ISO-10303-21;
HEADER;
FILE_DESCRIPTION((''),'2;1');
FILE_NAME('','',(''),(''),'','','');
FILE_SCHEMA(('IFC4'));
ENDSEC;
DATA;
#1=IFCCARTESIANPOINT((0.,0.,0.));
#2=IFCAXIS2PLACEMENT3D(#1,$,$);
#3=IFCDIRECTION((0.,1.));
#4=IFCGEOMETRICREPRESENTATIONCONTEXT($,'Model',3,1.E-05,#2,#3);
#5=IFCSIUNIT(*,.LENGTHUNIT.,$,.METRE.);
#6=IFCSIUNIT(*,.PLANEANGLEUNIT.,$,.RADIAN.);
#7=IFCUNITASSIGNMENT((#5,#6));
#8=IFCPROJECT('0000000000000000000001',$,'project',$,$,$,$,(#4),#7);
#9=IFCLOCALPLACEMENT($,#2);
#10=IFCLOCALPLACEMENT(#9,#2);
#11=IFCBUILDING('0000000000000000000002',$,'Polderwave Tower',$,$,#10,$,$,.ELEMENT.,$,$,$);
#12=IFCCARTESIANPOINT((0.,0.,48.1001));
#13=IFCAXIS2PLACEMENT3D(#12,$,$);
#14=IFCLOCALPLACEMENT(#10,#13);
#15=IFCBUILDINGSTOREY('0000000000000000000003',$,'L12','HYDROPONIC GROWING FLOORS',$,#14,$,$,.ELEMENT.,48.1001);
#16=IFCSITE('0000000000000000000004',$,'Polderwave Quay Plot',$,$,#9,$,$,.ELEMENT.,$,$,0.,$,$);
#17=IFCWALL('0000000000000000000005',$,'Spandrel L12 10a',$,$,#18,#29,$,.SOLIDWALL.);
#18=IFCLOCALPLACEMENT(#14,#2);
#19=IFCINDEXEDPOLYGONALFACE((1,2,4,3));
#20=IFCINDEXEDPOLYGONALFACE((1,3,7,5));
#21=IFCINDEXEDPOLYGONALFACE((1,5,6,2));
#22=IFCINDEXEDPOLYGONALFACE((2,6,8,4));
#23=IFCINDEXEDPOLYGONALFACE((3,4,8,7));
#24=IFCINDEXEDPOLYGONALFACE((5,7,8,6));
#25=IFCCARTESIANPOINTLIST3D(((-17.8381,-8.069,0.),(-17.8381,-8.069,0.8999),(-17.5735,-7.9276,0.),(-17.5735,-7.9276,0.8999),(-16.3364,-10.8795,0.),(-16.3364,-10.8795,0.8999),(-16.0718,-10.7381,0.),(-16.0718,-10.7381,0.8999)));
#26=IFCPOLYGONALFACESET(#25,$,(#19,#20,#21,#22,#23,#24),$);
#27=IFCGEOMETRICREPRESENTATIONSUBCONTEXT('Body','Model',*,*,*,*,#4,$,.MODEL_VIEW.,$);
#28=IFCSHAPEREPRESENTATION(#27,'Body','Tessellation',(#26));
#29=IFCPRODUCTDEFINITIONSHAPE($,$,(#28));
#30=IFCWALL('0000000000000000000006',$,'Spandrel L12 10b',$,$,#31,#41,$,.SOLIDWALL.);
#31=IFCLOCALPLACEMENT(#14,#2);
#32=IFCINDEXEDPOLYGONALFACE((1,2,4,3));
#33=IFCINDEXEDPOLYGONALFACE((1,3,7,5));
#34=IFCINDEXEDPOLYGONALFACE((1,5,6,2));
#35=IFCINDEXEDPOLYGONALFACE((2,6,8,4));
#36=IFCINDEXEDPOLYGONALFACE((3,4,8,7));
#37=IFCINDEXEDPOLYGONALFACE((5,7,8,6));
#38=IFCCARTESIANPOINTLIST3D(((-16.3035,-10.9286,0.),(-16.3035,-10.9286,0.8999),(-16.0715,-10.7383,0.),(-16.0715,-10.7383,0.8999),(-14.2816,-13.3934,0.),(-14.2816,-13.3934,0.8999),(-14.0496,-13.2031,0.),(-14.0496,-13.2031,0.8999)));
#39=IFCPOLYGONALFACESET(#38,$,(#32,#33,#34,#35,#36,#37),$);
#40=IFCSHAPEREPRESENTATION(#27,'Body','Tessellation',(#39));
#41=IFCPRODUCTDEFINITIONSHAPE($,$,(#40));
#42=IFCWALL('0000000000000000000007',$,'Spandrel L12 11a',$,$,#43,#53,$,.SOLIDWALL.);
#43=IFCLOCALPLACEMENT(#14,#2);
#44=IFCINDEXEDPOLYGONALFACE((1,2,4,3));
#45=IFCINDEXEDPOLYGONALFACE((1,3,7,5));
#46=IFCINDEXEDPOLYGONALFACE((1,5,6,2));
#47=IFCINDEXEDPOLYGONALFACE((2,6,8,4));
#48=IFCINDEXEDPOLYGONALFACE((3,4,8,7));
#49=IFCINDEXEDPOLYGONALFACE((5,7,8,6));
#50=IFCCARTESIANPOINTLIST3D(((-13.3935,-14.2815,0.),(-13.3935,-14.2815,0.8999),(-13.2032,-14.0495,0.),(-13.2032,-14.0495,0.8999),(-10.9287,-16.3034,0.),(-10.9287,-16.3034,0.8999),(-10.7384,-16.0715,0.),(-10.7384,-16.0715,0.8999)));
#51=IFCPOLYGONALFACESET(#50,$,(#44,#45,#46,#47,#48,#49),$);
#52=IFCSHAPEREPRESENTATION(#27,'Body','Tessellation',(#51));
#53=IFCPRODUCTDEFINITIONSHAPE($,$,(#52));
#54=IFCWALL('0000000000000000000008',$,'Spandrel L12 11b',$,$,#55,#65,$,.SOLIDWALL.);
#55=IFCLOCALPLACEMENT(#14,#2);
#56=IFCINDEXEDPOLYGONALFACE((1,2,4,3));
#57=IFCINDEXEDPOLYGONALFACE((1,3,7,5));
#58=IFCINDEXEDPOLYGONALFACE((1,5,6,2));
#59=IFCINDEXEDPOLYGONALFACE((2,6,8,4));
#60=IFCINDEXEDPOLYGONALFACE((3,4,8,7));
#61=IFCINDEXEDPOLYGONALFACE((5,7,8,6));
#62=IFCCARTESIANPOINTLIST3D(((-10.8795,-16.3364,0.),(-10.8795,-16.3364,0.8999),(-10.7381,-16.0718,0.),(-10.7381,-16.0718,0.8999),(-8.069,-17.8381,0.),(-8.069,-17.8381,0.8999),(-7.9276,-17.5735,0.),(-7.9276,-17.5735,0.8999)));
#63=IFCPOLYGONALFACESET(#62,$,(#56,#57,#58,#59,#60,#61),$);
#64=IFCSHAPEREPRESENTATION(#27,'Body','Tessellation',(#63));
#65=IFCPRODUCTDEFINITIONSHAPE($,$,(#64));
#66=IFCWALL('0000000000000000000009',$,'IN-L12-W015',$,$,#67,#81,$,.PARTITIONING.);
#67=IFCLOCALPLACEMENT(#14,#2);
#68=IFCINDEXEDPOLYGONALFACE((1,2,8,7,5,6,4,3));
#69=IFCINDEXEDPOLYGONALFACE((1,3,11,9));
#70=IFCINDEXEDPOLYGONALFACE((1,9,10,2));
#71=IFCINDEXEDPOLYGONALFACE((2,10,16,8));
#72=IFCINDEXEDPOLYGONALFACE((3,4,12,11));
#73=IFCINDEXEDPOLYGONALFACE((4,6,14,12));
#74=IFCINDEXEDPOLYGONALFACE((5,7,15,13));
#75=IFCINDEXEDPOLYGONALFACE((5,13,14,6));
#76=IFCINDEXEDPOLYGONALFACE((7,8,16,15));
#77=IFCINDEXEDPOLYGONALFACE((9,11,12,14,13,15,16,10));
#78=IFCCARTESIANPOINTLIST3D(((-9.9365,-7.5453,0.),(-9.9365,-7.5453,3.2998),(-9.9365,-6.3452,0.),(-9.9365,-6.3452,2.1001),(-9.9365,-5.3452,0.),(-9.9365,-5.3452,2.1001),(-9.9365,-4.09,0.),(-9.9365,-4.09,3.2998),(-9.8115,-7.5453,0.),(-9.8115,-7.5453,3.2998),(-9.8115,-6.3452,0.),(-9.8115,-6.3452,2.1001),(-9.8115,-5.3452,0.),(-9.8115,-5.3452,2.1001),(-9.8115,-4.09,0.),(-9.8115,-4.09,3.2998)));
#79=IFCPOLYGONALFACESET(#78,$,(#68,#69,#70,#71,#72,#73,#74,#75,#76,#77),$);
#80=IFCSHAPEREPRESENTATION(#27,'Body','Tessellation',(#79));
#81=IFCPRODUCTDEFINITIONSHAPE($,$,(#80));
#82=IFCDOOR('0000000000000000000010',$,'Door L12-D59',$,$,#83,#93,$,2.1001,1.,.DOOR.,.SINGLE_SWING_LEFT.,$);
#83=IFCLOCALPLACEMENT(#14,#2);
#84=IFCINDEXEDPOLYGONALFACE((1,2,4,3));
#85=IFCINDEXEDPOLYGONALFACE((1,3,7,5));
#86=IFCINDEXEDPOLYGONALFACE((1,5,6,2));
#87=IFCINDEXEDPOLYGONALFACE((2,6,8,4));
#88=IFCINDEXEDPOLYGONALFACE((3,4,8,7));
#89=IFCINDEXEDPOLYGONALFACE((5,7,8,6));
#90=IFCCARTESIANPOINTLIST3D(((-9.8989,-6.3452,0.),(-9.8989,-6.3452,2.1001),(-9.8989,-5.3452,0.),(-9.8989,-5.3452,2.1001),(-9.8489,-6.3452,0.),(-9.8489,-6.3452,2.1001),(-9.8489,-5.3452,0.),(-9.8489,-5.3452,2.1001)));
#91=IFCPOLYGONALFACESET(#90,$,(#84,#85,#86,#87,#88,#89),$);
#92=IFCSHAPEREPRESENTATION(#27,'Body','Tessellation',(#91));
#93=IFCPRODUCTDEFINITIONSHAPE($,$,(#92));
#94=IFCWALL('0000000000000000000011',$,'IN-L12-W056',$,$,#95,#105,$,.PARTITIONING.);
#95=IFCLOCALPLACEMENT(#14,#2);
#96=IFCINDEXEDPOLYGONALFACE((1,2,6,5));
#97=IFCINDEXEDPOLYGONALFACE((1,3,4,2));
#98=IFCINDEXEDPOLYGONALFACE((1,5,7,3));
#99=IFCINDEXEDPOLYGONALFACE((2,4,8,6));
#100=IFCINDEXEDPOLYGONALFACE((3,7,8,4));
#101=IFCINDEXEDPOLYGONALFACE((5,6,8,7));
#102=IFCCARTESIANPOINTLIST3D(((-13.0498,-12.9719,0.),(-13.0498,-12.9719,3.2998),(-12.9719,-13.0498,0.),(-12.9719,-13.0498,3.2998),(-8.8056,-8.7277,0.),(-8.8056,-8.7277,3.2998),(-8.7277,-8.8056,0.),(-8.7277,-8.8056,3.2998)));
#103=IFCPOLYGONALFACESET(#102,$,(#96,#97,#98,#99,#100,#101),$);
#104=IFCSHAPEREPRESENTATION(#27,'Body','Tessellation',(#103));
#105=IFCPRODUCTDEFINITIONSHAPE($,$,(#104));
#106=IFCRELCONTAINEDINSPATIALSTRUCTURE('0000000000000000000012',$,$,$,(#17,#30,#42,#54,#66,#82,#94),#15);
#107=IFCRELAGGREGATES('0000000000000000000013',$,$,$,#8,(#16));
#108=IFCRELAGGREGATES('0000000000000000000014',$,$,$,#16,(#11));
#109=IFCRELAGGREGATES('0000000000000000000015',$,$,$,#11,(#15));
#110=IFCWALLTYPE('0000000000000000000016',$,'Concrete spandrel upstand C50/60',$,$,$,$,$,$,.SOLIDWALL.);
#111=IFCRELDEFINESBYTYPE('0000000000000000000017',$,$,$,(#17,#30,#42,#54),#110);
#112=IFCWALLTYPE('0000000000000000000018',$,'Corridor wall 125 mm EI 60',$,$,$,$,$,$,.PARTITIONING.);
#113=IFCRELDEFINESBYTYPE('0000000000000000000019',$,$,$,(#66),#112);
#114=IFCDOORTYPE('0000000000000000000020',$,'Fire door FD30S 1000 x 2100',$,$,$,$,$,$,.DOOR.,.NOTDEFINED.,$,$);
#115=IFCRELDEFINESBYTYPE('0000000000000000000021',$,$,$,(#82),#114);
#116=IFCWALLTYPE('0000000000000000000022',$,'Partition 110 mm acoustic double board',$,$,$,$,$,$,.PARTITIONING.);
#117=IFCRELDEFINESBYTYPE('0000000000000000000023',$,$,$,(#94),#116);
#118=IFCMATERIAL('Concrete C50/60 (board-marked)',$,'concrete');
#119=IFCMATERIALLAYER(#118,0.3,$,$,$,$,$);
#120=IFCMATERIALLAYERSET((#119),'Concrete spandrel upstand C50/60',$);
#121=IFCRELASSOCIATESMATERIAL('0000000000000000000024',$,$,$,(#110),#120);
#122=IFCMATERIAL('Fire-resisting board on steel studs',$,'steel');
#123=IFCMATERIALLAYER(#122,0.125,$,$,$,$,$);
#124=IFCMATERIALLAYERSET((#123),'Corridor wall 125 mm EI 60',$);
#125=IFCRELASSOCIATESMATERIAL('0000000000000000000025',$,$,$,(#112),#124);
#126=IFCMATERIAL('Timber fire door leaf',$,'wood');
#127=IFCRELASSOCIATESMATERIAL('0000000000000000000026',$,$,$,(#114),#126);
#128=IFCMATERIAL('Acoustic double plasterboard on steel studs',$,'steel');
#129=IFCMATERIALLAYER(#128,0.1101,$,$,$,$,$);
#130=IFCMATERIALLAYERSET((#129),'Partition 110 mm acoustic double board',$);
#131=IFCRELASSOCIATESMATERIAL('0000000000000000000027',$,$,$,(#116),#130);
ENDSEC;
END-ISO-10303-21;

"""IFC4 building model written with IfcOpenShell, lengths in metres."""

from ifc_helpers import new_model, si_unit, direction, frame, frame_2d, origin, place, context, subcontext, project, spatial, rectangle, extrude, material, layer, layer_set, type_object, element, fill, save


model = new_model("IFC4")

# Units and contexts
model_context = context("Model", 3, precision=1e-05, world=origin(), true_north=direction((0.0, 1.0)))
body_context = subcontext(model_context, "Body", "Model", "MODEL_VIEW")
ifc_project = project(units=[si_unit("LENGTHUNIT", "METRE"), si_unit("PLANEANGLEUNIT", "RADIAN")], contexts=[model_context])

# Site, building, storey
site_placement = place(None, origin())
site = spatial("IfcSite", under=ifc_project, at=site_placement, Name="Polderwave Quay Plot", CompositionType="ELEMENT", RefElevation=0.0)
building_placement = place(site_placement, origin())
building = spatial("IfcBuilding", under=site, at=building_placement, Name="Polderwave Tower", CompositionType="ELEMENT")
storey_placement = place(building_placement, frame((0.0, 0.0, 48.1001)))
storey = spatial("IfcBuildingStorey", under=building, at=storey_placement, Name="L12", Description="HYDROPONIC GROWING FLOORS", CompositionType="ELEMENT", Elevation=48.1001)

# Walls
ifc_material_1 = material(Name="Concrete C50/60 (board-marked)", Category="concrete")
ifc_layer_1 = layer(ifc_material_1, 0.3)
ifc_layer_set_1 = layer_set([ifc_layer_1], Name="Concrete spandrel upstand C50/60")
wall_type_1 = type_object("IfcWallType", Name="Concrete spandrel upstand C50/60", PredefinedType="SOLIDWALL", material=ifc_layer_set_1)
wall_1_placement = place(storey_placement, frame((-17.7058, -7.9983, 0.0), z_axis=(0.0, 0.0, 1.0), x_axis=(0.47126, -0.881994, 0.0)))
element("IfcWall", 1, at=wall_1_placement, inside=storey, type_object=wall_type_1, Name="Spandrel L12 10a", PredefinedType="SOLIDWALL", context=body_context, shape_type="SweptSolid", body=[
    extrude(rectangle(XDim=3.1865, YDim=0.3, at=frame_2d((1.5933, 0.0))), origin(), (0.0, 0.0, 1.0), 0.8999),
])
for number, where, z_axis, x_axis, name in (
    (2, (-16.1875, -10.8335, 0.0), (0.0, 0.0, 1.0), (0.63423, -0.773145, 0.0), "Spandrel L12 10b"),
    (3, (-13.2983, -14.1655, 0.0), (0.0, 0.0, 1.0), (0.773145, -0.63423, 0.0), "Spandrel L12 11a"),
):
    element("IfcWall", number, at=place(storey_placement, frame(where, z_axis=z_axis, x_axis=x_axis)), inside=storey, type_object=wall_type_1, Name=name, PredefinedType="SOLIDWALL", context=body_context, shape_type="SweptSolid", body=[
        extrude(rectangle(XDim=3.188, YDim=0.3, at=frame_2d((1.594, 0.0))), origin(), (0.0, 0.0, 1.0), 0.8999),
    ])
wall_2_placement = place(storey_placement, frame((-10.8088, -16.2041, 0.0), z_axis=(0.0, 0.0, 1.0), x_axis=(0.881994, -0.47126, 0.0)))
element("IfcWall", 4, at=wall_2_placement, inside=storey, type_object=wall_type_1, Name="Spandrel L12 11b", PredefinedType="SOLIDWALL", context=body_context, shape_type="SweptSolid", body=[
    extrude(rectangle(XDim=3.1865, YDim=0.3, at=frame_2d((1.5933, 0.0))), origin(), (0.0, 0.0, 1.0), 0.8999),
])

# Wall, opening, door
ifc_material_2 = material(Name="Fire-resisting board on steel studs", Category="steel")
ifc_layer_2 = layer(ifc_material_2, 0.125)
ifc_layer_set_2 = layer_set([ifc_layer_2], Name="Corridor wall 125 mm EI 60")
wall_type_2 = type_object("IfcWallType", Name="Corridor wall 125 mm EI 60", PredefinedType="PARTITIONING", material=ifc_layer_set_2)
wall_3_placement = place(storey_placement, frame((-9.874, -7.5452, 0.0), z_axis=(0.0, 0.0, 1.0), x_axis=(0.0, 1.0, 0.0)))
wall_3 = element("IfcWall", 5, at=wall_3_placement, inside=storey, type_object=wall_type_2, Name="IN-L12-W015", PredefinedType="PARTITIONING", context=body_context, shape_type="SweptSolid", body=[
    extrude(rectangle(XDim=3.4553, YDim=0.125, at=frame_2d((1.7275, 0.0))), origin(), (0.0, 0.0, 1.0), 3.2998),
])
opening_placement = place(wall_3_placement, frame((1.2, 0.0, 0.0)))
opening = element("IfcOpeningElement", 6, at=opening_placement, cuts=wall_3, PredefinedType="OPENING", context=body_context, shape_type="SweptSolid", body=[
    extrude(rectangle(XDim=1.0, YDim=2.1001, at=frame_2d((0.5, 1.05))), frame((0.0, 0.0725, 0.0), z_axis=(0.0, -1.0, 0.0), x_axis=(1.0, 0.0, 0.0)), (0.0, 0.0, 1.0), 0.145),
])
ifc_material_3 = material(Name="Timber fire door leaf", Category="wood")
door_type = type_object("IfcDoorType", Name="Fire door FD30S 1000 x 2100", OperationType="NOTDEFINED", PredefinedType="DOOR", material=ifc_material_3)
door_placement = place(opening_placement, origin())
door = element("IfcDoor", 7, at=door_placement, inside=storey, type_object=door_type, Name="Door L12-D59", OperationType="SINGLE_SWING_LEFT", OverallHeight=2.1001, OverallWidth=1.0, PredefinedType="DOOR", context=body_context, shape_type="SweptSolid", body=[
    extrude(rectangle(XDim=1.0, YDim=2.1001, at=frame_2d((0.5, 1.05))), frame((0.0, 0.0249, 0.0), z_axis=(0.0, -1.0, 0.0), x_axis=(1.0, 0.0, 0.0)), (0.0, 0.0, 1.0), 0.05),
])
fill(opening, door)

# Wall
ifc_material_4 = material(Name="Acoustic double plasterboard on steel studs", Category="steel")
ifc_layer_3 = layer(ifc_material_4, 0.1101)
ifc_layer_set_3 = layer_set([ifc_layer_3], Name="Partition 110 mm acoustic double board")
wall_type_3 = type_object("IfcWallType", Name="Partition 110 mm acoustic double board", PredefinedType="PARTITIONING", material=ifc_layer_set_3)
wall_4_placement = place(storey_placement, frame((-13.0107, -13.0107, 0.0), z_axis=(0.0, 0.0, 1.0), x_axis=(0.707107, 0.707107, 0.0)))
element("IfcWall", 8, at=wall_4_placement, inside=storey, type_object=wall_type_3, Name="IN-L12-W056", PredefinedType="PARTITIONING", context=body_context, shape_type="SweptSolid", body=[
    extrude(rectangle(XDim=6.0022, YDim=0.1101, at=frame_2d((3.001, 0.0))), origin(), (0.0, 0.0, 1.0), 3.2998),
])

save(model, "model.ifc")
